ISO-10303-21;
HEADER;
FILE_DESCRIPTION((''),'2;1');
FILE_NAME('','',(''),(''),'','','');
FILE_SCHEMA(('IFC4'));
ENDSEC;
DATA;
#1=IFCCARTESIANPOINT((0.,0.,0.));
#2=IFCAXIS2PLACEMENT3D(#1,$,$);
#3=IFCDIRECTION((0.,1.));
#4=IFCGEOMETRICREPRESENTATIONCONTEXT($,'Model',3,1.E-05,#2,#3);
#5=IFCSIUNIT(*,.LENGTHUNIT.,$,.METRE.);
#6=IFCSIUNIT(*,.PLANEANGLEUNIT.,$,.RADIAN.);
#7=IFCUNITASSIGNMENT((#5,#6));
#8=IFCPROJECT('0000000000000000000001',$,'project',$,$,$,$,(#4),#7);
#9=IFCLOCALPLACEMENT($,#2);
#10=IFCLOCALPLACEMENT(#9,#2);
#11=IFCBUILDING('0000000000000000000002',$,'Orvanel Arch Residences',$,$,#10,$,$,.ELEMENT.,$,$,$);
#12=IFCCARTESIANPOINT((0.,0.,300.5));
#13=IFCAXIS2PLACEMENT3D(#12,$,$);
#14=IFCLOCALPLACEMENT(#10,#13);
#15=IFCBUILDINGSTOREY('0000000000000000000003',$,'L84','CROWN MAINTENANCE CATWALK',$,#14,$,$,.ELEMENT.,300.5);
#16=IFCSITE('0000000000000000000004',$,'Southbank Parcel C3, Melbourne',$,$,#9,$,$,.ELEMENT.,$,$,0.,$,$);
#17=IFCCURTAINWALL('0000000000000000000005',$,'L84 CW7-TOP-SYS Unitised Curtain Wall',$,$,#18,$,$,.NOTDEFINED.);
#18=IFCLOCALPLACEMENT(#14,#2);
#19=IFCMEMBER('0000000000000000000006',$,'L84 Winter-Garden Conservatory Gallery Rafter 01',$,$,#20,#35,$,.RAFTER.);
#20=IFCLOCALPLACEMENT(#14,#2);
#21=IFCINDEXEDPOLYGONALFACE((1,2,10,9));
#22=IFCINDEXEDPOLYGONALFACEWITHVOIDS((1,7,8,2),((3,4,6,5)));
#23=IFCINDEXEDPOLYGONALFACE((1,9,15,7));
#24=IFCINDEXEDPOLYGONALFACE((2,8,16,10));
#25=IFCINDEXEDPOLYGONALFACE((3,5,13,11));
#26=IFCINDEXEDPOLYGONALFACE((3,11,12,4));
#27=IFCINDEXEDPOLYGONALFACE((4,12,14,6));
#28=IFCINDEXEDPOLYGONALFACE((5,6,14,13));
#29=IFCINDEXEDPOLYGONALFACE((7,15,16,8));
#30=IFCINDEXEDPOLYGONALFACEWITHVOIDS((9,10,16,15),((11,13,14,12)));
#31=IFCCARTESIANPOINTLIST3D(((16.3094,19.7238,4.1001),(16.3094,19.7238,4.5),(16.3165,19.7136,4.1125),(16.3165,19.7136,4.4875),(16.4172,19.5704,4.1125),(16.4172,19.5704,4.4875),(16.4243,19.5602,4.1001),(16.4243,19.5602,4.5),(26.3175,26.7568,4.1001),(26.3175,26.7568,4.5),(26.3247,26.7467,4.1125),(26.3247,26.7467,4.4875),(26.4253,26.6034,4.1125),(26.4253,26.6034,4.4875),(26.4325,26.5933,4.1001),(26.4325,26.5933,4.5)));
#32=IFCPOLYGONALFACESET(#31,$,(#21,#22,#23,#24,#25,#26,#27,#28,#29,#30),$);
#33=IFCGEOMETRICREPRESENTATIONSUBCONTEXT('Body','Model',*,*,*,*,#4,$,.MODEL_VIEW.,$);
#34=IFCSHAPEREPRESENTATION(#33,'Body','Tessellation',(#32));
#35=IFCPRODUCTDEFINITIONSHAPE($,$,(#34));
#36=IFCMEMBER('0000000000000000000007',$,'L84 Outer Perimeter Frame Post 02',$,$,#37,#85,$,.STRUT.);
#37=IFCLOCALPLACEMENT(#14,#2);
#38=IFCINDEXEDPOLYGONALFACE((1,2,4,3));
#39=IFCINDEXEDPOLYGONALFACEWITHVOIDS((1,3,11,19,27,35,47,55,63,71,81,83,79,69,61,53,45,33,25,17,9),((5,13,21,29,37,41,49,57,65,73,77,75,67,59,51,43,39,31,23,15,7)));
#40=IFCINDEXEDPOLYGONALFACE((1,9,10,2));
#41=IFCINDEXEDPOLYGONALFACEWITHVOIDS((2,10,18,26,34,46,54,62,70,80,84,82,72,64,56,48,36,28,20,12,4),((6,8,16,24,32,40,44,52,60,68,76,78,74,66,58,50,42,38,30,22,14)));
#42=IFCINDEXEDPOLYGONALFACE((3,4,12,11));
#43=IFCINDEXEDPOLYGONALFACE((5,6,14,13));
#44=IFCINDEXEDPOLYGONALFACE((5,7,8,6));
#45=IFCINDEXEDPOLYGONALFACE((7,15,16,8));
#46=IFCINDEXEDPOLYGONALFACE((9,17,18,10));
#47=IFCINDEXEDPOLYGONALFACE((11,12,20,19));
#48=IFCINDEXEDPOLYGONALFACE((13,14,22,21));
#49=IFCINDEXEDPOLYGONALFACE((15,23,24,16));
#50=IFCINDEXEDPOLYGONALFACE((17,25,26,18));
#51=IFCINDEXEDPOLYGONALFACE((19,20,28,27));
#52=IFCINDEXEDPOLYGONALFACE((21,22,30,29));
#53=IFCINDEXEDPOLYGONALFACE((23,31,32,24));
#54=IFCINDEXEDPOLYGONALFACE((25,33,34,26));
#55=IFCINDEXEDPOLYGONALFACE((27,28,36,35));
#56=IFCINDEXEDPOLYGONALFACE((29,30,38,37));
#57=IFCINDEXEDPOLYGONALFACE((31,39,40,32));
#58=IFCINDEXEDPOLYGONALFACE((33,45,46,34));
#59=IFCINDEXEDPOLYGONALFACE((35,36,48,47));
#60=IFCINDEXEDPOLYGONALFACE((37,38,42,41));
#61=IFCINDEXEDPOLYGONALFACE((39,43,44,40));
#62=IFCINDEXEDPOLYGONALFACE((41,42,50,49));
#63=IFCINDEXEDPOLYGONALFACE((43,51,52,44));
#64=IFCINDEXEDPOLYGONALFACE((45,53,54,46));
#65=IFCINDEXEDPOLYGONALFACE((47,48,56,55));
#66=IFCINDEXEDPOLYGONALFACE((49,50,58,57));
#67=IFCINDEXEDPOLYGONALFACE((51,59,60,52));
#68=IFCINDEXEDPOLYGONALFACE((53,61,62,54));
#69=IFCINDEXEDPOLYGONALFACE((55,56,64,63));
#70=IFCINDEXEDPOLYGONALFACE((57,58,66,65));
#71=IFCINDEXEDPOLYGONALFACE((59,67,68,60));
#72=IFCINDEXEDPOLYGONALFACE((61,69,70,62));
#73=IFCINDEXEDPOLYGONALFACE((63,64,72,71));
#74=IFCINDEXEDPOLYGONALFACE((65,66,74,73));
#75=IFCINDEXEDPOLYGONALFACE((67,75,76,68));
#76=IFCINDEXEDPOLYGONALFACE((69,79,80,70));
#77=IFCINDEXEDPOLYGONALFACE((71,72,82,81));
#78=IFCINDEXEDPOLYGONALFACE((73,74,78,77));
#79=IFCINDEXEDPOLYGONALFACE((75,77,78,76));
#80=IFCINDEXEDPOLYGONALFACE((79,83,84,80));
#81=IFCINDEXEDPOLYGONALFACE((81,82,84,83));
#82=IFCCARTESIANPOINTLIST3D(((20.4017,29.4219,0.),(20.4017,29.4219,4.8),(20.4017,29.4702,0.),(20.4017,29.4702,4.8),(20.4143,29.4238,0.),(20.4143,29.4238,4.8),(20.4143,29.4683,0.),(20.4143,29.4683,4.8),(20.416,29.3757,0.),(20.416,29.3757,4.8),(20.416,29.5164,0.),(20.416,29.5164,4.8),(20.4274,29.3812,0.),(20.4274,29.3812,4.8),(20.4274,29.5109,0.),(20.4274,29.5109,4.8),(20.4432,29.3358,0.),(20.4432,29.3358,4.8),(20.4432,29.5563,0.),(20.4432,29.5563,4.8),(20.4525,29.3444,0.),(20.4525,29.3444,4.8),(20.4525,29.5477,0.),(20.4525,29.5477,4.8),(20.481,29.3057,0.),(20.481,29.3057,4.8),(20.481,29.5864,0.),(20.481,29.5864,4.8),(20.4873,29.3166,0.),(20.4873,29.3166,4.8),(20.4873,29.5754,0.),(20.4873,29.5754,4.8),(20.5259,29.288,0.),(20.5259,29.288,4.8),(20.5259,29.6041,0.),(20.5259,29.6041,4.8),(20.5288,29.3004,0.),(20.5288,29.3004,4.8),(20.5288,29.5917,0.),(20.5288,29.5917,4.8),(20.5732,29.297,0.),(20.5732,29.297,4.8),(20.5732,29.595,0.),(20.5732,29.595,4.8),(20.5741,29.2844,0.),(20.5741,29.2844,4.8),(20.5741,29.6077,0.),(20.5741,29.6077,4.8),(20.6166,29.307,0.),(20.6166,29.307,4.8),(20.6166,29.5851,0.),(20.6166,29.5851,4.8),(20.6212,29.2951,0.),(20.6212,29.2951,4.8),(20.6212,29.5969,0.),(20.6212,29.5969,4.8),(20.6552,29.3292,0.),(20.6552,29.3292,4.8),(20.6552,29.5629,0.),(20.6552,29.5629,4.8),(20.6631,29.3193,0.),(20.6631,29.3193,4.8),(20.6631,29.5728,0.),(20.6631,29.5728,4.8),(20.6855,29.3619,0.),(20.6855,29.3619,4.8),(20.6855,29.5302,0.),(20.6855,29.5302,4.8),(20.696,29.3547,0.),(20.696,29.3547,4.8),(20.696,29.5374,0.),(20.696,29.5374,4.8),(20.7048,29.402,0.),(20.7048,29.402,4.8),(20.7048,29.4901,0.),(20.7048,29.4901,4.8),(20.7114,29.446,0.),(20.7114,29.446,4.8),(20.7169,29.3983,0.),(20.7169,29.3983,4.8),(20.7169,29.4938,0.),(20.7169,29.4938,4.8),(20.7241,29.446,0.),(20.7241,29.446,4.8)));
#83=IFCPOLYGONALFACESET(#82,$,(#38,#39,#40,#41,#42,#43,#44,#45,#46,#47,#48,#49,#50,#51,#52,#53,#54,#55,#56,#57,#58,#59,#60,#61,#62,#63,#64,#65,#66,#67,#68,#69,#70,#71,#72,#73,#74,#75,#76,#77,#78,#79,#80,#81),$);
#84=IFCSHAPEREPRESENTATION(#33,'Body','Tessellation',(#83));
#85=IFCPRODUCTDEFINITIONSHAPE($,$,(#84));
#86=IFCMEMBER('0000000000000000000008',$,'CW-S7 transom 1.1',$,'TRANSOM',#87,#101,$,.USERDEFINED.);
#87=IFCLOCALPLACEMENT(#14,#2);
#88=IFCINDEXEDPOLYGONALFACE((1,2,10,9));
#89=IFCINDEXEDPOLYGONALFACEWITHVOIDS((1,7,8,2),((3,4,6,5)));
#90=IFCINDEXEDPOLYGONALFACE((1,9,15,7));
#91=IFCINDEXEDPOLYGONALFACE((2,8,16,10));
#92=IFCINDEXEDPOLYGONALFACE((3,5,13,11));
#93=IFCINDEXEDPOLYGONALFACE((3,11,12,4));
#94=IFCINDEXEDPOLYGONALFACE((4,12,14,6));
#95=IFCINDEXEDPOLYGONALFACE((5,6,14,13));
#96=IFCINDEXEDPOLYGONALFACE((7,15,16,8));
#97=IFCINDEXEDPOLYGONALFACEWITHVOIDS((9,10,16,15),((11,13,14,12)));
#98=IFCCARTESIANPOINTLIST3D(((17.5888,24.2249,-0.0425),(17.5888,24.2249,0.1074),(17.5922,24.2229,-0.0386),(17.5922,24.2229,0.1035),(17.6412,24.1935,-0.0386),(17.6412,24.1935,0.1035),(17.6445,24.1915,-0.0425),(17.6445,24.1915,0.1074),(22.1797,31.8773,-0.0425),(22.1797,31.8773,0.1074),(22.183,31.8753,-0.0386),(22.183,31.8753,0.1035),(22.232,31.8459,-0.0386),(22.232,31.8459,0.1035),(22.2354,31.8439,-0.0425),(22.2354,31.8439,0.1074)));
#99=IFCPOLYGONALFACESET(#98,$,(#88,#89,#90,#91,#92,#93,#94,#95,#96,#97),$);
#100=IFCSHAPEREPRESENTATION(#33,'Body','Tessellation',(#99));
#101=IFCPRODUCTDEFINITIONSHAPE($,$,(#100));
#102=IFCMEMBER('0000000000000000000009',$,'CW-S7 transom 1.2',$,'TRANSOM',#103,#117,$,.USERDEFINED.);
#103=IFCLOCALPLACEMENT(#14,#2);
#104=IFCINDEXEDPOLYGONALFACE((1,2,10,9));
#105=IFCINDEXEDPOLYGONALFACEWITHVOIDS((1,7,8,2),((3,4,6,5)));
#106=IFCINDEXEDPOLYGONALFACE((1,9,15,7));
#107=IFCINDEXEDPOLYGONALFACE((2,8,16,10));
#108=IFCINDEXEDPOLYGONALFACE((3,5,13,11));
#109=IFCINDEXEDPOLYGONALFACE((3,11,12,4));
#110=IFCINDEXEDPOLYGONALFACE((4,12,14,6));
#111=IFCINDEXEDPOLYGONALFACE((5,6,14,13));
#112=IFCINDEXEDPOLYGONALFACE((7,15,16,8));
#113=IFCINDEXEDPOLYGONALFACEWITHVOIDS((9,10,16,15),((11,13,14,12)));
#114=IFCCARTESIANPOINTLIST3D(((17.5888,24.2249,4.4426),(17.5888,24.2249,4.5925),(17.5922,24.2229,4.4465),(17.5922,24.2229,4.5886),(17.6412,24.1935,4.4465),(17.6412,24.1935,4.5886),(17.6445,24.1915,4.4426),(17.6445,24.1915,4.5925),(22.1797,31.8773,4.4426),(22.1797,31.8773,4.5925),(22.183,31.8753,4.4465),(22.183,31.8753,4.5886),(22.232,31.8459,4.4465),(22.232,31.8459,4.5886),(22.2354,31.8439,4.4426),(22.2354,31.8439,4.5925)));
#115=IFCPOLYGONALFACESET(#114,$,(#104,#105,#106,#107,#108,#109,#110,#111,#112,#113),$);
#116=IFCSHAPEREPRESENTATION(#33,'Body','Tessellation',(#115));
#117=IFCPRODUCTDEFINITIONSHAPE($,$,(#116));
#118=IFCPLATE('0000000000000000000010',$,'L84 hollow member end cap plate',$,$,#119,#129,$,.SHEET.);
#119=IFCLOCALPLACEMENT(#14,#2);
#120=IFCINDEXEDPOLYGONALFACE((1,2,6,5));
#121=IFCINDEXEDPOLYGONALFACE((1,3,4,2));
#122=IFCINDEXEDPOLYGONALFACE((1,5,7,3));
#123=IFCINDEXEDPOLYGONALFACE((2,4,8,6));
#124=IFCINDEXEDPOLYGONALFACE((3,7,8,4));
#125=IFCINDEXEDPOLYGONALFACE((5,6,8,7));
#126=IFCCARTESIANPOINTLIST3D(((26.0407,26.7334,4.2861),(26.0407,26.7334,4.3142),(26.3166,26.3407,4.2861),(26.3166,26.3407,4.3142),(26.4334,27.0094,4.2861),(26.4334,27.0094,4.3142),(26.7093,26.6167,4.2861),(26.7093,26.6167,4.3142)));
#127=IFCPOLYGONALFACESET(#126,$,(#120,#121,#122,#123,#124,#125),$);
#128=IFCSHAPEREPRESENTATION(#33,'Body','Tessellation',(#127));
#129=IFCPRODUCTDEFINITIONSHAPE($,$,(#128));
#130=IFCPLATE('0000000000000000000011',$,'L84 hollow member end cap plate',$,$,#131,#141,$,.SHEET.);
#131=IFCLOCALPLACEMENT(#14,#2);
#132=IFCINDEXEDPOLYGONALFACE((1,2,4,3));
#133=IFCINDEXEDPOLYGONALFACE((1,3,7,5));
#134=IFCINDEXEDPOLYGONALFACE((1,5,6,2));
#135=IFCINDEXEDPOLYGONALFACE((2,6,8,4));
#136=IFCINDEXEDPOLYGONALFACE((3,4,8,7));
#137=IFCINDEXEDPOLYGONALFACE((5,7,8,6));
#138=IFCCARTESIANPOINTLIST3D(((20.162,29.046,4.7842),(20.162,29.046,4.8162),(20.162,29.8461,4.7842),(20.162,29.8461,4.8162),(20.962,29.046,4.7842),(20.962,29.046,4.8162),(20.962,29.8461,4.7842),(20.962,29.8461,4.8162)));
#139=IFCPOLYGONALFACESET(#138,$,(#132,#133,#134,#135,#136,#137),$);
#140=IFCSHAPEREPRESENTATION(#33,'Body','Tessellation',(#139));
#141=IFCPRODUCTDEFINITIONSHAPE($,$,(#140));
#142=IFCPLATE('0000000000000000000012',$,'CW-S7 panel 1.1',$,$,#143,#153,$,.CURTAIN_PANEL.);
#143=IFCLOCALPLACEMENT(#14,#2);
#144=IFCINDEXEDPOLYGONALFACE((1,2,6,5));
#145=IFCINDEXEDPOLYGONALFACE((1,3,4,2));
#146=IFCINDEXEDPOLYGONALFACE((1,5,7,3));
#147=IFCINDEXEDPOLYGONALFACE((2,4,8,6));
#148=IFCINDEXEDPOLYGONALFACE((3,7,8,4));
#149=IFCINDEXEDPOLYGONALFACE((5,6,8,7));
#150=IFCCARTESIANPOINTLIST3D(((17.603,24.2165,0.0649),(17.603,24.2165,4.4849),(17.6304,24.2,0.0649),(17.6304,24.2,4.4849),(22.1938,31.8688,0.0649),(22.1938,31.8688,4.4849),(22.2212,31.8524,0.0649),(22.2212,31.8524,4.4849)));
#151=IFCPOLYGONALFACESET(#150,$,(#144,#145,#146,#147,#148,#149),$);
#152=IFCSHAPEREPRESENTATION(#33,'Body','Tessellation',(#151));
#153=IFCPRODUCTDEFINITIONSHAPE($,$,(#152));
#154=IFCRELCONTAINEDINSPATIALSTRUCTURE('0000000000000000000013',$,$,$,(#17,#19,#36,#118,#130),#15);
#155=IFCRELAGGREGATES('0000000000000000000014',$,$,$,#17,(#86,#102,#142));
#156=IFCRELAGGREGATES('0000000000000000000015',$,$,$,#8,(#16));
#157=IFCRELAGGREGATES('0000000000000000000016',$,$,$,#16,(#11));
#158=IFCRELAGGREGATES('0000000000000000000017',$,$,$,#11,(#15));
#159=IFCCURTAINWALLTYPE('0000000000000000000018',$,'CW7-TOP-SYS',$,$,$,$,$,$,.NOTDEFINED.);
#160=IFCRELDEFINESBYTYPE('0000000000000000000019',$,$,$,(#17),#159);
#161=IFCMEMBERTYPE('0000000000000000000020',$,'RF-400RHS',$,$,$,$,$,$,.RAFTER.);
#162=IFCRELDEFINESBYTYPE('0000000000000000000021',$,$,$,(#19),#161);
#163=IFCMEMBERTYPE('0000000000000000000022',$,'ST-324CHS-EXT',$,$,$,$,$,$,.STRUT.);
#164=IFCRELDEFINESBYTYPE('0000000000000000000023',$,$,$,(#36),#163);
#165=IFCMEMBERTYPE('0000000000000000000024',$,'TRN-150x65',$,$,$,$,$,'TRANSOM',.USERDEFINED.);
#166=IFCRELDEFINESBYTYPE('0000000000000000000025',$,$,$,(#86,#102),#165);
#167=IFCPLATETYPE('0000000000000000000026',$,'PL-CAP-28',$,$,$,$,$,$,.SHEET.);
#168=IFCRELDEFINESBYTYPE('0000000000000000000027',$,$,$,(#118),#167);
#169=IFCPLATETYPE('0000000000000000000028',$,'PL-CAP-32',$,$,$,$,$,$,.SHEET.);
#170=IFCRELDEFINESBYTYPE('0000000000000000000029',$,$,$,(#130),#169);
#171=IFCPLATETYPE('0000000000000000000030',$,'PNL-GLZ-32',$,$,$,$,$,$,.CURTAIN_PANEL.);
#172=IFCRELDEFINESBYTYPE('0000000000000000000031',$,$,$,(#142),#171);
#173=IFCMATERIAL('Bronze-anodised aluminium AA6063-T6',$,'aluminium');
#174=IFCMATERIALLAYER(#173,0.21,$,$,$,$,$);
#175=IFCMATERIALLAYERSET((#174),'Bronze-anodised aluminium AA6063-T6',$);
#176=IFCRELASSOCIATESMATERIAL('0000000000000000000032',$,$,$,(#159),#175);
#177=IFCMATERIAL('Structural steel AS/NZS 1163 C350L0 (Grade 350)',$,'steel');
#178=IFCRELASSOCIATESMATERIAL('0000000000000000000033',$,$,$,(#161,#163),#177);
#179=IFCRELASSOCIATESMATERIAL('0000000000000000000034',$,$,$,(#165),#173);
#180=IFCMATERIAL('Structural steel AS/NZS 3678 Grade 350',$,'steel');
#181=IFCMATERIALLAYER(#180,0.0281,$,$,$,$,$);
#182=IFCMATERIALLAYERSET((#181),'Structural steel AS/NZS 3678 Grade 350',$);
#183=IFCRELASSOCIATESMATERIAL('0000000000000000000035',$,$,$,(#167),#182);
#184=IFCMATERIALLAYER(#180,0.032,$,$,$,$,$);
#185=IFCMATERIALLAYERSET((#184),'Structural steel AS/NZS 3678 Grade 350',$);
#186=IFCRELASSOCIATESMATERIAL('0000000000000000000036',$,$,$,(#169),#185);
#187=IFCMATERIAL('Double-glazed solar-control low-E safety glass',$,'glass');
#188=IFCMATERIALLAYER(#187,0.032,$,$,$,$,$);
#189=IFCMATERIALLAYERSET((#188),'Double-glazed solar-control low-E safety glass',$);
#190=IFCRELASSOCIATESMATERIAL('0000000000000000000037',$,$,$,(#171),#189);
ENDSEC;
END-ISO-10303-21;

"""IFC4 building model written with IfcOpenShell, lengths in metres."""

from ifc_helpers import new_model, si_unit, direction, frame, origin, origin_2d, place, context, subcontext, project, spatial, rectangle, hollow_rectangle, hollow_circle, extrude, material, layer, layer_set, material_profile, profile_set, type_object, element, aggregate, save


model = new_model("IFC4")

# Units and contexts
model_context = context("Model", 3, precision=1e-05, world=origin(), true_north=direction((0.0, 1.0)))
body_context = subcontext(model_context, "Body", "Model", "MODEL_VIEW")
ifc_project = project(units=[si_unit("LENGTHUNIT", "METRE"), si_unit("PLANEANGLEUNIT", "RADIAN")], contexts=[model_context])

# Site, building, storey
site_placement = place(None, origin())
site = spatial("IfcSite", under=ifc_project, at=site_placement, Name="Southbank Parcel C3, Melbourne", CompositionType="ELEMENT", RefElevation=0.0)
building_placement = place(site_placement, origin())
building = spatial("IfcBuilding", under=site, at=building_placement, Name="Orvanel Arch Residences", CompositionType="ELEMENT")
storey_placement = place(building_placement, frame((0.0, 0.0, 300.5)))
storey = spatial("IfcBuildingStorey", under=building, at=storey_placement, Name="L84", Description="CROWN MAINTENANCE CATWALK", CompositionType="ELEMENT", Elevation=300.5)

# Shared definitions
ifc_material_1 = material(Name="Structural steel AS/NZS 1163 C350L0 (Grade 350)", Category="steel")

# Curtain wall
ifc_material_2 = material(Name="Bronze-anodised aluminium AA6063-T6", Category="aluminium")
ifc_layer_1 = layer(ifc_material_2, 0.21)
ifc_layer_set_1 = layer_set([ifc_layer_1], Name="Bronze-anodised aluminium AA6063-T6")
curtain_wall_type = type_object("IfcCurtainWallType", Name="CW7-TOP-SYS", PredefinedType="NOTDEFINED", material=ifc_layer_set_1)
curtain_wall_placement = place(storey_placement, origin())
curtain_wall = element("IfcCurtainWall", 1, at=curtain_wall_placement, inside=storey, type_object=curtain_wall_type, Name="L84 CW7-TOP-SYS Unitised Curtain Wall", PredefinedType="NOTDEFINED")

# Members
ifc_material_profile_1 = material_profile(ifc_material_1, hollow_rectangle(XDim=0.2, YDim=0.3999, WallThickness=0.0125, at=origin_2d()), Name="RHS400x200x12.5")
ifc_profile_set_1 = profile_set([ifc_material_profile_1], Name="Structural steel AS/NZS 1163 C350L0 (Grade 350)")
member_type_1 = type_object("IfcMemberType", Name="RF-400RHS", PredefinedType="RAFTER", material=ifc_profile_set_1)
member_1_placement = place(storey_placement, frame((26.375, 26.675, 4.3), z_axis=(-0.818181, -0.57496, 0.0), x_axis=(0.57496, -0.818181, 0.0)))
element("IfcMember", 2, at=member_1_placement, inside=storey, type_object=member_type_1, Name="L84 Winter-Garden Conservatory Gallery Rafter 01", PredefinedType="RAFTER", context=body_context, shape_type="SweptSolid", body=[
    extrude(hollow_rectangle(XDim=0.2, YDim=0.3999, WallThickness=0.0125, at=origin_2d()), origin(), (0.0, 0.0, 1.0), 12.2322),
])
ifc_material_profile_2 = material_profile(ifc_material_1, hollow_circle(Radius=0.1621, WallThickness=0.0127, at=origin_2d()), Name="CHS324x12.7")
ifc_profile_set_2 = profile_set([ifc_material_profile_2], Name="Structural steel AS/NZS 1163 C350L0 (Grade 350)")
member_type_2 = type_object("IfcMemberType", Name="ST-324CHS-EXT", PredefinedType="STRUT", material=ifc_profile_set_2)
member_2_placement = place(storey_placement, frame((20.562, 29.446, 0.0), z_axis=(0.0, 0.0, 1.0), x_axis=(1.0, 0.0, 0.0)))
element("IfcMember", 3, at=member_2_placement, inside=storey, type_object=member_type_2, Name="L84 Outer Perimeter Frame Post 02", PredefinedType="STRUT", context=body_context, shape_type="SweptSolid", body=[
    extrude(hollow_circle(Radius=0.1621, WallThickness=0.0127, at=origin_2d()), origin(), (0.0, 0.0, 1.0), 4.8),
])

# Members
ifc_material_profile_3 = material_profile(ifc_material_2, hollow_rectangle(XDim=0.0649, YDim=0.1499, WallThickness=0.0039, at=origin_2d()), Name="ALU150x65x4")
ifc_profile_set_3 = profile_set([ifc_material_profile_3], Name="Bronze-anodised aluminium AA6063-T6")
member_type_3 = type_object("IfcMemberType", Name="TRN-150x65", ElementType="TRANSOM", PredefinedType="USERDEFINED", material=ifc_profile_set_3)
member_3_placement = place(storey_placement, frame((22.2075, 31.8606, 0.0325), z_axis=(-0.514447, -0.857522, 0.0), x_axis=(0.857522, -0.514447, 0.0)))
member_3 = element("IfcMember", 4, at=member_3_placement, type_object=member_type_3, Name="CW-S7 transom 1.1", ObjectType="TRANSOM", PredefinedType="USERDEFINED", context=body_context, shape_type="SweptSolid", body=[
    extrude(hollow_rectangle(XDim=0.0649, YDim=0.1499, WallThickness=0.0039, at=origin_2d()), origin(), (0.0, 0.0, 1.0), 8.9238),
])
member_4_placement = place(storey_placement, frame((22.2075, 31.8606, 4.5176), z_axis=(-0.514447, -0.857522, 0.0), x_axis=(0.857522, -0.514447, 0.0)))
member_4 = element("IfcMember", 5, at=member_4_placement, type_object=member_type_3, Name="CW-S7 transom 1.2", ObjectType="TRANSOM", PredefinedType="USERDEFINED", context=body_context, shape_type="SweptSolid", body=[
    extrude(hollow_rectangle(XDim=0.0649, YDim=0.1499, WallThickness=0.0039, at=origin_2d()), origin(), (0.0, 0.0, 1.0), 8.9238),
])

# Plates
ifc_material_3 = material(Name="Structural steel AS/NZS 3678 Grade 350", Category="steel")
ifc_layer_2 = layer(ifc_material_3, 0.0281)
ifc_layer_set_2 = layer_set([ifc_layer_2], Name="Structural steel AS/NZS 3678 Grade 350")
plate_type_1 = type_object("IfcPlateType", Name="PL-CAP-28", PredefinedType="SHEET", material=ifc_layer_set_2)
plate_1_placement = place(storey_placement, frame((26.375, 26.675, 4.2861), z_axis=(0.0, 0.0, 1.0), x_axis=(0.81815, 0.575005, 0.0)))
element("IfcPlate", 6, at=plate_1_placement, inside=storey, type_object=plate_type_1, Name="L84 hollow member end cap plate", PredefinedType="SHEET", context=body_context, shape_type="SweptSolid", body=[
    extrude(rectangle(XDim=0.48, YDim=0.48, at=origin_2d()), origin(), (0.0, 0.0, 1.0), 0.0281),
])
ifc_layer_3 = layer(ifc_material_3, 0.032)
ifc_layer_set_3 = layer_set([ifc_layer_3], Name="Structural steel AS/NZS 3678 Grade 350")
plate_type_2 = type_object("IfcPlateType", Name="PL-CAP-32", PredefinedType="SHEET", material=ifc_layer_set_3)
plate_2_placement = place(storey_placement, frame((20.562, 29.446, 4.7842), z_axis=(0.0, 0.0, 1.0), x_axis=(1.0, 0.0, 0.0)))
element("IfcPlate", 7, at=plate_2_placement, inside=storey, type_object=plate_type_2, Name="L84 hollow member end cap plate", PredefinedType="SHEET", context=body_context, shape_type="SweptSolid", body=[
    extrude(rectangle(XDim=0.8, YDim=0.8, at=origin_2d()), origin(), (0.0, 0.0, 1.0), 0.032),
])

# Plate
ifc_material_4 = material(Name="Double-glazed solar-control low-E safety glass", Category="glass")
ifc_layer_4 = layer(ifc_material_4, 0.032)
ifc_layer_set_4 = layer_set([ifc_layer_4], Name="Double-glazed solar-control low-E safety glass")
plate_type_3 = type_object("IfcPlateType", Name="PNL-GLZ-32", PredefinedType="CURTAIN_PANEL", material=ifc_layer_set_4)
plate_3_placement = place(storey_placement, frame((19.9121, 28.0344, 0.0649), z_axis=(0.0, 0.0, 1.0), x_axis=(-0.514447, -0.857522, 0.0)))
plate_3 = element("IfcPlate", 8, at=plate_3_placement, type_object=plate_type_3, Name="CW-S7 panel 1.1", PredefinedType="CURTAIN_PANEL", context=body_context, shape_type="SweptSolid", body=[
    extrude(rectangle(XDim=8.9238, YDim=0.032, at=origin_2d()), origin(), (0.0, 0.0, 1.0), 4.4199),
])
aggregate(curtain_wall, [member_3, member_4, plate_3])

save(model, "model.ifc")
